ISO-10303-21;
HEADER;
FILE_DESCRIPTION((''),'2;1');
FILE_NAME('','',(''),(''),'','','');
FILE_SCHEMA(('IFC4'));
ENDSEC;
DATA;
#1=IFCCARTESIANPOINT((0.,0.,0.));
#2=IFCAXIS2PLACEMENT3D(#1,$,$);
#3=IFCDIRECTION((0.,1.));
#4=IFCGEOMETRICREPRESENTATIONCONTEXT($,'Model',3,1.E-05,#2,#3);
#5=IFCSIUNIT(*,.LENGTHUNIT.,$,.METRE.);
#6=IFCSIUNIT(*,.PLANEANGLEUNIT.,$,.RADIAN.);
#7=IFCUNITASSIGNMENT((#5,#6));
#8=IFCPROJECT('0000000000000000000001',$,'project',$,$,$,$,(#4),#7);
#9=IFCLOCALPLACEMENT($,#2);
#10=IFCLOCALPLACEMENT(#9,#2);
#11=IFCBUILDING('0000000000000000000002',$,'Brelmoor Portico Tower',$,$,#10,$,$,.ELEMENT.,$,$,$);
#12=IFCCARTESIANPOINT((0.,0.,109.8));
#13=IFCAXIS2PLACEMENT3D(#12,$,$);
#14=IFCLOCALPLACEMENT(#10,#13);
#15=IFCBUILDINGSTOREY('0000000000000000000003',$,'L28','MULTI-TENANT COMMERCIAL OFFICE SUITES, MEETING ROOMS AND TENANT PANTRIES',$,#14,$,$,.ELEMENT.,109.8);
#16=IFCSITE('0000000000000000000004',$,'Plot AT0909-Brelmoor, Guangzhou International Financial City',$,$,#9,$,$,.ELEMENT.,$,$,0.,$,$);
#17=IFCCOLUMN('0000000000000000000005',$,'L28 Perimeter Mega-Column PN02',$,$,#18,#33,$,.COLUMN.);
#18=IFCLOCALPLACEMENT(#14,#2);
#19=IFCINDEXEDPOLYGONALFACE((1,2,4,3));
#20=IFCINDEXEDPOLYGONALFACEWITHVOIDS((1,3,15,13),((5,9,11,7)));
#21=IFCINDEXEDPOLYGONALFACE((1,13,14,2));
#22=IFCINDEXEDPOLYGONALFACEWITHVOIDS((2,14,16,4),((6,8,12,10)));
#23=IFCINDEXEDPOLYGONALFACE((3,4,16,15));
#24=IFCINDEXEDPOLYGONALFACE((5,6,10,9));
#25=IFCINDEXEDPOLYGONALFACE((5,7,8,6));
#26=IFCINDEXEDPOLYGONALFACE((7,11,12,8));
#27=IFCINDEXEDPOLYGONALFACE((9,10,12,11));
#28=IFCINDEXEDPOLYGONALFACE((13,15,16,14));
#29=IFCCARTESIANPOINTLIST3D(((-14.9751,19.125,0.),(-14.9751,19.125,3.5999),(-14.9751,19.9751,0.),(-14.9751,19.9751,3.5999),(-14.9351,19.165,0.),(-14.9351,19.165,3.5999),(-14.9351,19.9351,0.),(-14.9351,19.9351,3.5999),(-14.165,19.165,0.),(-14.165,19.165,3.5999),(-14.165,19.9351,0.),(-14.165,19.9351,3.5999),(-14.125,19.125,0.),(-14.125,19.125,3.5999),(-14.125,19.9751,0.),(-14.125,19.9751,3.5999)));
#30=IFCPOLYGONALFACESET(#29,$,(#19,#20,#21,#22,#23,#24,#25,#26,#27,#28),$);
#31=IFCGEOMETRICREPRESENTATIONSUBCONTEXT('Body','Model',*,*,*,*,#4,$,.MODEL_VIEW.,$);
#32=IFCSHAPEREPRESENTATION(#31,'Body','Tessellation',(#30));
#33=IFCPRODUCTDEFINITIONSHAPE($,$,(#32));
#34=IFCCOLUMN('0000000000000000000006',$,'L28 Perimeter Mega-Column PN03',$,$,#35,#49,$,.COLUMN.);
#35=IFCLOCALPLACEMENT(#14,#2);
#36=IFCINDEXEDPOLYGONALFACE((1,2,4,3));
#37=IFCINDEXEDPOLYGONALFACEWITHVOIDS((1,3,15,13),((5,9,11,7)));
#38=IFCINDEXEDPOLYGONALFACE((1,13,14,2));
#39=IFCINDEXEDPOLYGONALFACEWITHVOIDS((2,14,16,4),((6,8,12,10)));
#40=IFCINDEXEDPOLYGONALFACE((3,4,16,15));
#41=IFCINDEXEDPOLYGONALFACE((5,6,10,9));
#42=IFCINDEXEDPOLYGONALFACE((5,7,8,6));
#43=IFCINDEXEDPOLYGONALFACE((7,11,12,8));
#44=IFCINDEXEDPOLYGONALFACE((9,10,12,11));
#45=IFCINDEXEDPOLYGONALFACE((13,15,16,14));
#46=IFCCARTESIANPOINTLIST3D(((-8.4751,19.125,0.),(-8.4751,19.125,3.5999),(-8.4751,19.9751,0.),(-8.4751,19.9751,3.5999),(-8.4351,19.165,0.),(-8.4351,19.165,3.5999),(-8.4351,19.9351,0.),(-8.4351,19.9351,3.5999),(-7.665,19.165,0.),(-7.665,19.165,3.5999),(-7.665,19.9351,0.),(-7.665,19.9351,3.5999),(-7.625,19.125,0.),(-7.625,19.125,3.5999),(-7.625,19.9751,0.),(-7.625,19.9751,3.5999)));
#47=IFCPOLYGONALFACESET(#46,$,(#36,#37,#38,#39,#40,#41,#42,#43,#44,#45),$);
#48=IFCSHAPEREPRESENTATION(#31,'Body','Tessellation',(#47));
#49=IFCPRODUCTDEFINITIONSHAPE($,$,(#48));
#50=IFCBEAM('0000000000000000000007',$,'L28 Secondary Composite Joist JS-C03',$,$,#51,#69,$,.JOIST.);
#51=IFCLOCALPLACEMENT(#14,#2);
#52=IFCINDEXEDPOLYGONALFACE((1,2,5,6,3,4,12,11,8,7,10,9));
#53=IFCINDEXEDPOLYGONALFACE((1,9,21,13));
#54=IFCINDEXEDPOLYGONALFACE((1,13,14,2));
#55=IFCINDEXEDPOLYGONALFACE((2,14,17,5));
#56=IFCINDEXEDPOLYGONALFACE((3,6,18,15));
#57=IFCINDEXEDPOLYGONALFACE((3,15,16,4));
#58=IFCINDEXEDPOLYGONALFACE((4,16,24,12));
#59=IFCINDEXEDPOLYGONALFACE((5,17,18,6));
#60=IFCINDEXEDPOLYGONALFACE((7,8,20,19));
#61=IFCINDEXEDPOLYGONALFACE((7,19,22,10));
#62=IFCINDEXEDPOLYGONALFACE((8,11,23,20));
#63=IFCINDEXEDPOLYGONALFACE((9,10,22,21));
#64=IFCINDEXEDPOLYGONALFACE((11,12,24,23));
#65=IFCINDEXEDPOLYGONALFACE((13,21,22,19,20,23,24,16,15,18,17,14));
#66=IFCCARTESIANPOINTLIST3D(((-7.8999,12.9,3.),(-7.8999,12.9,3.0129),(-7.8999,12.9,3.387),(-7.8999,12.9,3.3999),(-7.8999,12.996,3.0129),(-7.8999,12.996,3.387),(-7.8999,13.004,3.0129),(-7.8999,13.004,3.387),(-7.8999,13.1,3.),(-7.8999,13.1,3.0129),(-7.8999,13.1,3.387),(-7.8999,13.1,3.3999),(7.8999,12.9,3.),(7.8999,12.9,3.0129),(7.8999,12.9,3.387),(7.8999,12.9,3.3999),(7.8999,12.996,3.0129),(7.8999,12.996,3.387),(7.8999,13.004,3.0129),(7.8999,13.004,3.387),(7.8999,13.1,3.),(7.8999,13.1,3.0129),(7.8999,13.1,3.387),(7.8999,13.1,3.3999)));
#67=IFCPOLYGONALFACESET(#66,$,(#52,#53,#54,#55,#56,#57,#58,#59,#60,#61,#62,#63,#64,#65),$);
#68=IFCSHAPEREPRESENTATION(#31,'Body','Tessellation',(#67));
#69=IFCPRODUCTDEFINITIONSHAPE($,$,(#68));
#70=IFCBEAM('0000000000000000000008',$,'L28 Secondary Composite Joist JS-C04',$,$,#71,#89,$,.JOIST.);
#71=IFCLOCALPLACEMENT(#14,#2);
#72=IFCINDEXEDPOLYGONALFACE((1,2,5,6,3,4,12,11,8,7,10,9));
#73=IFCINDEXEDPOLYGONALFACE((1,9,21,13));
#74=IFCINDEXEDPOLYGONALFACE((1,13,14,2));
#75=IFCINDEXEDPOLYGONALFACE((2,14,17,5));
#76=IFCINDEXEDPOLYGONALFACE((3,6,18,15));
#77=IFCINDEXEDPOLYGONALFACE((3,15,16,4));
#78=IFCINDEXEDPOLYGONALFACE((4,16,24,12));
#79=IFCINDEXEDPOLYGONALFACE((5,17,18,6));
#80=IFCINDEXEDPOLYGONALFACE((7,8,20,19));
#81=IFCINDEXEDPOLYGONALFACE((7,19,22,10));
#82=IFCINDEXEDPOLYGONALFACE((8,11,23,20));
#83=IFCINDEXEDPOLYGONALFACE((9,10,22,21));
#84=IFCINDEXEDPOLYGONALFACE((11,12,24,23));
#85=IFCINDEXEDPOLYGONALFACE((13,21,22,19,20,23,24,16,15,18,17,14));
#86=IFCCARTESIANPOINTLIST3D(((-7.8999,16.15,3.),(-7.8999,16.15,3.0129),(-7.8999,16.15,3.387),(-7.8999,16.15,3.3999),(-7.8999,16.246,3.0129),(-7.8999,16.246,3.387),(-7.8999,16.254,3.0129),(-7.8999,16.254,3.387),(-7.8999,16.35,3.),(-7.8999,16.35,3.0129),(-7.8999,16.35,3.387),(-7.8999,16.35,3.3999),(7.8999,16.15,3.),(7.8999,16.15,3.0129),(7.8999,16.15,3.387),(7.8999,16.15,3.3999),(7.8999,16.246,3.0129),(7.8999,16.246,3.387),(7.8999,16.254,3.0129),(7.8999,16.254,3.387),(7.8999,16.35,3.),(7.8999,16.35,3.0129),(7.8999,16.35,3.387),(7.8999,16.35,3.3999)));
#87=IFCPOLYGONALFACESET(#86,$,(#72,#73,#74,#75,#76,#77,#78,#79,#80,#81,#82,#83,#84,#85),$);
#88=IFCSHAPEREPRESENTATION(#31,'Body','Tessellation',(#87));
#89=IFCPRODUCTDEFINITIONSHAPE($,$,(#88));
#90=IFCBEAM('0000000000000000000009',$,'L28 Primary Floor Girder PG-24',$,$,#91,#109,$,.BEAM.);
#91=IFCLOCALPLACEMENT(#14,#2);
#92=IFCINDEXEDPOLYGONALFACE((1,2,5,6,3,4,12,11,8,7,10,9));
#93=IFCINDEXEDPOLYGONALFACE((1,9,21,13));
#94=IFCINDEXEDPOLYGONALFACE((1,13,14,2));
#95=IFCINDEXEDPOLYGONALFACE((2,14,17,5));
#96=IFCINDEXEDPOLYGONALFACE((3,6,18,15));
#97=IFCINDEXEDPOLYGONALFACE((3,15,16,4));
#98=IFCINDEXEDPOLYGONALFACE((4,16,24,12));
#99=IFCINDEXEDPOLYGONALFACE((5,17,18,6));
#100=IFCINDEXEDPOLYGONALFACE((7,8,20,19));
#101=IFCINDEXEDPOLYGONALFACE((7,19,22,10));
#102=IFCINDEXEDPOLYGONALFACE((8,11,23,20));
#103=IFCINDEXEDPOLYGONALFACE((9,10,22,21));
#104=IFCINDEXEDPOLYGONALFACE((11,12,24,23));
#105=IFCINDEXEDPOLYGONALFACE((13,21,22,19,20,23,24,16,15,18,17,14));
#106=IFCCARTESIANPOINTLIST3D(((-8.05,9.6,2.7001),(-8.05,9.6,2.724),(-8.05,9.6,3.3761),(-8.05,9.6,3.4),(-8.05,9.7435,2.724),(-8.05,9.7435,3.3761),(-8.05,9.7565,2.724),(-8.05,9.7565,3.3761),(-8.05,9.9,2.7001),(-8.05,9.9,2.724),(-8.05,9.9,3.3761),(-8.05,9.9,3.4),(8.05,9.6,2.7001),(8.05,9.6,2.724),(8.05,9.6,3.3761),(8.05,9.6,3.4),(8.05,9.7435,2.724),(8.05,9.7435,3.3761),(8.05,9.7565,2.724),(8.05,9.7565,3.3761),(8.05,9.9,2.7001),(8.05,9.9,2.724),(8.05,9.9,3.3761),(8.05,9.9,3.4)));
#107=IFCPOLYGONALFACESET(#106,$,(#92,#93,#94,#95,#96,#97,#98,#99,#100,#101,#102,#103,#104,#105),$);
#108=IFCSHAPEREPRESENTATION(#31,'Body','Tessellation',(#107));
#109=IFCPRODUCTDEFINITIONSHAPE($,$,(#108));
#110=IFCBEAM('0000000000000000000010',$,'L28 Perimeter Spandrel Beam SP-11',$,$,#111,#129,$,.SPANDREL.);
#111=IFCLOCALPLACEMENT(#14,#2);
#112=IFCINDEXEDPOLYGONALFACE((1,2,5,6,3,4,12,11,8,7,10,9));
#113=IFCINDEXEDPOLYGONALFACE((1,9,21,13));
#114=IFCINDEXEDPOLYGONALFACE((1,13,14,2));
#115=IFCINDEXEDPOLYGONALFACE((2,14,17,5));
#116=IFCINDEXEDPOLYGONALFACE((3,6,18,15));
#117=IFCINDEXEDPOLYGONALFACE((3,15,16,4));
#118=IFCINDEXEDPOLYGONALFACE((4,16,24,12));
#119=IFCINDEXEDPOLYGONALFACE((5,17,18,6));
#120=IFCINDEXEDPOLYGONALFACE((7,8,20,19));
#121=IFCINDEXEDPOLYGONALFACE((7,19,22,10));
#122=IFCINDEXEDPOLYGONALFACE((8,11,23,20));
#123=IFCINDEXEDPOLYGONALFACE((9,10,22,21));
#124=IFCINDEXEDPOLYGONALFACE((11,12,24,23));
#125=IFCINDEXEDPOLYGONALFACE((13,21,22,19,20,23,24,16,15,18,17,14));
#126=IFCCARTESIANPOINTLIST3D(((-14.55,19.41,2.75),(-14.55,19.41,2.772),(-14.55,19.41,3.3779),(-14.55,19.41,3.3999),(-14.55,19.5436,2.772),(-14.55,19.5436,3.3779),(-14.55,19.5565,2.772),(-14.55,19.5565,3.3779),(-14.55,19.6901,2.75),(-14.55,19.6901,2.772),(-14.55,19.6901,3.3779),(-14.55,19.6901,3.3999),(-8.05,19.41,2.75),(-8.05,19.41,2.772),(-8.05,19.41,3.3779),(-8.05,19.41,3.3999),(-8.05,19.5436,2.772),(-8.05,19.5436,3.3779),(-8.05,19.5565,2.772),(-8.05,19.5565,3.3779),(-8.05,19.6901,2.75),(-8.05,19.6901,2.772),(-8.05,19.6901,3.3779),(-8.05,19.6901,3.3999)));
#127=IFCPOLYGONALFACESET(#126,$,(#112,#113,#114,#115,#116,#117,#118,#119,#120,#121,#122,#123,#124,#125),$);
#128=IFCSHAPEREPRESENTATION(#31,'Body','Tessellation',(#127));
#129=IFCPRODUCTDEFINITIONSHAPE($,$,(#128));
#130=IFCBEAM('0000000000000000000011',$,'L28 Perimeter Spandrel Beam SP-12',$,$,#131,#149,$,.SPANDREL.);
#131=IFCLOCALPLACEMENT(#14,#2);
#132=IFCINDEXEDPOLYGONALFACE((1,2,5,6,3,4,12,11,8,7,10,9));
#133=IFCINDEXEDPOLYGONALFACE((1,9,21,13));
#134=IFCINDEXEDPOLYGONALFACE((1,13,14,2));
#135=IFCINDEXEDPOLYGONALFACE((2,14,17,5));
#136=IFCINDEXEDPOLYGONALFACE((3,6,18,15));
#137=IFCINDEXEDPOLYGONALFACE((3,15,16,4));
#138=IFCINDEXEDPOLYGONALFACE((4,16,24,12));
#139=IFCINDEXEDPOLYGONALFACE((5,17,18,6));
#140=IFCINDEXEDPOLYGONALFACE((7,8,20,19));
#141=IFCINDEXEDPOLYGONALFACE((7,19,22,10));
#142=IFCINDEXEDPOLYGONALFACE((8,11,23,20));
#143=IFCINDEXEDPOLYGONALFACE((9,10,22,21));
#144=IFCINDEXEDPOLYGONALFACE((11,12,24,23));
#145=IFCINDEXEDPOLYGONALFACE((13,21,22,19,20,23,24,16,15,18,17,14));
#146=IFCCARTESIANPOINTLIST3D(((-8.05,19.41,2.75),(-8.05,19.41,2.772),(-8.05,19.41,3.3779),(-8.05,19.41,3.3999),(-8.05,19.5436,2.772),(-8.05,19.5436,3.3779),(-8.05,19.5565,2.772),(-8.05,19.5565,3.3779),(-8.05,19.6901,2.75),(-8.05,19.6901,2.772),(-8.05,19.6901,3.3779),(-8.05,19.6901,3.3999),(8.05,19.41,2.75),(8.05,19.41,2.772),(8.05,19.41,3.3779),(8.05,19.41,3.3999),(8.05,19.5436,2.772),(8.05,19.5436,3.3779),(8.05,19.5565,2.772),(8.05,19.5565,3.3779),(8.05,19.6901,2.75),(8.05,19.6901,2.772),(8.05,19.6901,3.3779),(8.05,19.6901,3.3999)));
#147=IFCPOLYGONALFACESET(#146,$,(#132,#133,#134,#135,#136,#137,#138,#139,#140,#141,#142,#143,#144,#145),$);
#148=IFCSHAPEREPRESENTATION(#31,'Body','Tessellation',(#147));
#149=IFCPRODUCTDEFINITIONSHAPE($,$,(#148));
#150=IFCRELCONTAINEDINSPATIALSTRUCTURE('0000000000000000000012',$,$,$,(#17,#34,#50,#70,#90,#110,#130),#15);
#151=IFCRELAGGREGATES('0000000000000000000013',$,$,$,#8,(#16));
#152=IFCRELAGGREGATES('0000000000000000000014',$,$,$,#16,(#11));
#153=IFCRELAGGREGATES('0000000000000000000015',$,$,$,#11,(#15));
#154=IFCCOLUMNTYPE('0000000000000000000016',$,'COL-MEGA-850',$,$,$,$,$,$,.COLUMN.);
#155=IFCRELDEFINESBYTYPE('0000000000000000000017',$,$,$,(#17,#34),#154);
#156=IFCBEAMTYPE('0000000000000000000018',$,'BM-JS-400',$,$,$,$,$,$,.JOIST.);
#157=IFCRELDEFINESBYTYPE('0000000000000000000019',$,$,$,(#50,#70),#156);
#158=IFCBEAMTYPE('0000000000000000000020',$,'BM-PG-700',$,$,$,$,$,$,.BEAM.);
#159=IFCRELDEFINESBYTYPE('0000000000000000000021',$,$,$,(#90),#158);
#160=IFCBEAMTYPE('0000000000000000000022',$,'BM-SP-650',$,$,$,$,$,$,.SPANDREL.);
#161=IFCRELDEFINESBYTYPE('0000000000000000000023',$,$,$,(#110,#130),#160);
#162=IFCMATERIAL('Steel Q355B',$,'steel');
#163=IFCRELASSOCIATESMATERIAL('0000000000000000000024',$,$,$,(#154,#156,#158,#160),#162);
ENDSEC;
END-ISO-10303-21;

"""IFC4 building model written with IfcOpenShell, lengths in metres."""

from ifc_helpers import new_model, si_unit, direction, frame, origin, origin_2d, place, context, subcontext, project, spatial, hollow_rectangle, i_section, extrude, material, material_profile, profile_set, type_object, element, save


model = new_model("IFC4")

# Units and contexts
model_context = context("Model", 3, precision=1e-05, world=origin(), true_north=direction((0.0, 1.0)))
body_context = subcontext(model_context, "Body", "Model", "MODEL_VIEW")
ifc_project = project(units=[si_unit("LENGTHUNIT", "METRE"), si_unit("PLANEANGLEUNIT", "RADIAN")], contexts=[model_context])

# Site, building, storey
site_placement = place(None, origin())
site = spatial("IfcSite", under=ifc_project, at=site_placement, Name="Plot AT0909-Brelmoor, Guangzhou International Financial City", CompositionType="ELEMENT", RefElevation=0.0)
building_placement = place(site_placement, origin())
building = spatial("IfcBuilding", under=site, at=building_placement, Name="Brelmoor Portico Tower", CompositionType="ELEMENT")
storey_placement = place(building_placement, frame((0.0, 0.0, 109.8)))
storey = spatial("IfcBuildingStorey", under=building, at=storey_placement, Name="L28", Description="MULTI-TENANT COMMERCIAL OFFICE SUITES, MEETING ROOMS AND TENANT PANTRIES", CompositionType="ELEMENT", Elevation=109.8)

# Columns
ifc_material_1 = material(Name="Steel Q355B", Category="steel")
ifc_material_profile_1 = material_profile(ifc_material_1, hollow_rectangle(XDim=0.8501, YDim=0.8501, WallThickness=0.04, at=origin_2d()), Name="BOX 850x850x40")
ifc_profile_set_1 = profile_set([ifc_material_profile_1], Name="Steel Q355B")
column_type = type_object("IfcColumnType", Name="COL-MEGA-850", PredefinedType="COLUMN", material=ifc_profile_set_1)
for number, where, z_axis, x_axis, name in (
    (1, (-14.55, 19.55, 0.0), (0.0, 0.0, 1.0), (1.0, 0.0, 0.0), "L28 Perimeter Mega-Column PN02"),
    (2, (-8.05, 19.55, 0.0), (0.0, 0.0, 1.0), (1.0, 0.0, 0.0), "L28 Perimeter Mega-Column PN03"),
):
    element("IfcColumn", number, at=place(storey_placement, frame(where, z_axis=z_axis, x_axis=x_axis)), inside=storey, type_object=column_type, Name=name, PredefinedType="COLUMN", context=body_context, shape_type="SweptSolid", body=[
        extrude(hollow_rectangle(XDim=0.8501, YDim=0.8501, WallThickness=0.04, at=origin_2d()), origin(), (0.0, 0.0, 1.0), 3.5999),
    ])

# Beams
ifc_material_profile_2 = material_profile(ifc_material_1, i_section(OverallWidth=0.2, OverallDepth=0.3999, WebThickness=0.0081, FlangeThickness=0.0129, at=origin_2d()), Name="HN 400x200x8x13")
ifc_profile_set_2 = profile_set([ifc_material_profile_2], Name="Steel Q355B")
beam_type_1 = type_object("IfcBeamType", Name="BM-JS-400", PredefinedType="JOIST", material=ifc_profile_set_2)
for number, where, z_axis, x_axis, name in (
    (3, (-7.8999, 13.0, 3.2), (1.0, 0.0, 0.0), (0.0, 1.0, 0.0), "L28 Secondary Composite Joist JS-C03"),
    (4, (-7.8999, 16.25, 3.2), (1.0, 0.0, 0.0), (0.0, 1.0, 0.0), "L28 Secondary Composite Joist JS-C04"),
):
    element("IfcBeam", number, at=place(storey_placement, frame(where, z_axis=z_axis, x_axis=x_axis)), inside=storey, type_object=beam_type_1, Name=name, PredefinedType="JOIST", context=body_context, shape_type="SweptSolid", body=[
        extrude(i_section(OverallWidth=0.2, OverallDepth=0.3999, WebThickness=0.0081, FlangeThickness=0.0129, at=origin_2d()), origin(), (0.0, 0.0, 1.0), 15.7998),
    ])
ifc_material_profile_3 = material_profile(ifc_material_1, i_section(OverallWidth=0.3, OverallDepth=0.7, WebThickness=0.0129, FlangeThickness=0.0239, at=origin_2d()), Name="HN 700x300x13x24")
ifc_profile_set_3 = profile_set([ifc_material_profile_3], Name="Steel Q355B")
beam_type_2 = type_object("IfcBeamType", Name="BM-PG-700", PredefinedType="BEAM", material=ifc_profile_set_3)
beam_1_placement = place(storey_placement, frame((-8.05, 9.75, 3.05), z_axis=(1.0, 0.0, 0.0), x_axis=(0.0, 1.0, 0.0)))
element("IfcBeam", 5, at=beam_1_placement, inside=storey, type_object=beam_type_2, Name="L28 Primary Floor Girder PG-24", PredefinedType="BEAM", context=body_context, shape_type="SweptSolid", body=[
    extrude(i_section(OverallWidth=0.3, OverallDepth=0.7, WebThickness=0.0129, FlangeThickness=0.0239, at=origin_2d()), origin(), (0.0, 0.0, 1.0), 16.1001),
])
ifc_material_profile_4 = material_profile(ifc_material_1, i_section(OverallWidth=0.28, OverallDepth=0.6499, WebThickness=0.0129, FlangeThickness=0.022, at=origin_2d()), Name="HN 650x280x13x22")
ifc_profile_set_4 = profile_set([ifc_material_profile_4], Name="Steel Q355B")
beam_type_3 = type_object("IfcBeamType", Name="BM-SP-650", PredefinedType="SPANDREL", material=ifc_profile_set_4)
beam_2_placement = place(storey_placement, frame((-14.55, 19.55, 3.075), z_axis=(1.0, 0.0, 0.0), x_axis=(0.0, 1.0, 0.0)))
element("IfcBeam", 6, at=beam_2_placement, inside=storey, type_object=beam_type_3, Name="L28 Perimeter Spandrel Beam SP-11", PredefinedType="SPANDREL", context=body_context, shape_type="SweptSolid", body=[
    extrude(i_section(OverallWidth=0.28, OverallDepth=0.6499, WebThickness=0.0129, FlangeThickness=0.022, at=origin_2d()), origin(), (0.0, 0.0, 1.0), 6.5),
])
beam_3_placement = place(storey_placement, frame((-8.05, 19.55, 3.075), z_axis=(1.0, 0.0, 0.0), x_axis=(0.0, 1.0, 0.0)))
element("IfcBeam", 7, at=beam_3_placement, inside=storey, type_object=beam_type_3, Name="L28 Perimeter Spandrel Beam SP-12", PredefinedType="SPANDREL", context=body_context, shape_type="SweptSolid", body=[
    extrude(i_section(OverallWidth=0.28, OverallDepth=0.6499, WebThickness=0.0129, FlangeThickness=0.022, at=origin_2d()), origin(), (0.0, 0.0, 1.0), 16.1001),
])

save(model, "model.ifc")
